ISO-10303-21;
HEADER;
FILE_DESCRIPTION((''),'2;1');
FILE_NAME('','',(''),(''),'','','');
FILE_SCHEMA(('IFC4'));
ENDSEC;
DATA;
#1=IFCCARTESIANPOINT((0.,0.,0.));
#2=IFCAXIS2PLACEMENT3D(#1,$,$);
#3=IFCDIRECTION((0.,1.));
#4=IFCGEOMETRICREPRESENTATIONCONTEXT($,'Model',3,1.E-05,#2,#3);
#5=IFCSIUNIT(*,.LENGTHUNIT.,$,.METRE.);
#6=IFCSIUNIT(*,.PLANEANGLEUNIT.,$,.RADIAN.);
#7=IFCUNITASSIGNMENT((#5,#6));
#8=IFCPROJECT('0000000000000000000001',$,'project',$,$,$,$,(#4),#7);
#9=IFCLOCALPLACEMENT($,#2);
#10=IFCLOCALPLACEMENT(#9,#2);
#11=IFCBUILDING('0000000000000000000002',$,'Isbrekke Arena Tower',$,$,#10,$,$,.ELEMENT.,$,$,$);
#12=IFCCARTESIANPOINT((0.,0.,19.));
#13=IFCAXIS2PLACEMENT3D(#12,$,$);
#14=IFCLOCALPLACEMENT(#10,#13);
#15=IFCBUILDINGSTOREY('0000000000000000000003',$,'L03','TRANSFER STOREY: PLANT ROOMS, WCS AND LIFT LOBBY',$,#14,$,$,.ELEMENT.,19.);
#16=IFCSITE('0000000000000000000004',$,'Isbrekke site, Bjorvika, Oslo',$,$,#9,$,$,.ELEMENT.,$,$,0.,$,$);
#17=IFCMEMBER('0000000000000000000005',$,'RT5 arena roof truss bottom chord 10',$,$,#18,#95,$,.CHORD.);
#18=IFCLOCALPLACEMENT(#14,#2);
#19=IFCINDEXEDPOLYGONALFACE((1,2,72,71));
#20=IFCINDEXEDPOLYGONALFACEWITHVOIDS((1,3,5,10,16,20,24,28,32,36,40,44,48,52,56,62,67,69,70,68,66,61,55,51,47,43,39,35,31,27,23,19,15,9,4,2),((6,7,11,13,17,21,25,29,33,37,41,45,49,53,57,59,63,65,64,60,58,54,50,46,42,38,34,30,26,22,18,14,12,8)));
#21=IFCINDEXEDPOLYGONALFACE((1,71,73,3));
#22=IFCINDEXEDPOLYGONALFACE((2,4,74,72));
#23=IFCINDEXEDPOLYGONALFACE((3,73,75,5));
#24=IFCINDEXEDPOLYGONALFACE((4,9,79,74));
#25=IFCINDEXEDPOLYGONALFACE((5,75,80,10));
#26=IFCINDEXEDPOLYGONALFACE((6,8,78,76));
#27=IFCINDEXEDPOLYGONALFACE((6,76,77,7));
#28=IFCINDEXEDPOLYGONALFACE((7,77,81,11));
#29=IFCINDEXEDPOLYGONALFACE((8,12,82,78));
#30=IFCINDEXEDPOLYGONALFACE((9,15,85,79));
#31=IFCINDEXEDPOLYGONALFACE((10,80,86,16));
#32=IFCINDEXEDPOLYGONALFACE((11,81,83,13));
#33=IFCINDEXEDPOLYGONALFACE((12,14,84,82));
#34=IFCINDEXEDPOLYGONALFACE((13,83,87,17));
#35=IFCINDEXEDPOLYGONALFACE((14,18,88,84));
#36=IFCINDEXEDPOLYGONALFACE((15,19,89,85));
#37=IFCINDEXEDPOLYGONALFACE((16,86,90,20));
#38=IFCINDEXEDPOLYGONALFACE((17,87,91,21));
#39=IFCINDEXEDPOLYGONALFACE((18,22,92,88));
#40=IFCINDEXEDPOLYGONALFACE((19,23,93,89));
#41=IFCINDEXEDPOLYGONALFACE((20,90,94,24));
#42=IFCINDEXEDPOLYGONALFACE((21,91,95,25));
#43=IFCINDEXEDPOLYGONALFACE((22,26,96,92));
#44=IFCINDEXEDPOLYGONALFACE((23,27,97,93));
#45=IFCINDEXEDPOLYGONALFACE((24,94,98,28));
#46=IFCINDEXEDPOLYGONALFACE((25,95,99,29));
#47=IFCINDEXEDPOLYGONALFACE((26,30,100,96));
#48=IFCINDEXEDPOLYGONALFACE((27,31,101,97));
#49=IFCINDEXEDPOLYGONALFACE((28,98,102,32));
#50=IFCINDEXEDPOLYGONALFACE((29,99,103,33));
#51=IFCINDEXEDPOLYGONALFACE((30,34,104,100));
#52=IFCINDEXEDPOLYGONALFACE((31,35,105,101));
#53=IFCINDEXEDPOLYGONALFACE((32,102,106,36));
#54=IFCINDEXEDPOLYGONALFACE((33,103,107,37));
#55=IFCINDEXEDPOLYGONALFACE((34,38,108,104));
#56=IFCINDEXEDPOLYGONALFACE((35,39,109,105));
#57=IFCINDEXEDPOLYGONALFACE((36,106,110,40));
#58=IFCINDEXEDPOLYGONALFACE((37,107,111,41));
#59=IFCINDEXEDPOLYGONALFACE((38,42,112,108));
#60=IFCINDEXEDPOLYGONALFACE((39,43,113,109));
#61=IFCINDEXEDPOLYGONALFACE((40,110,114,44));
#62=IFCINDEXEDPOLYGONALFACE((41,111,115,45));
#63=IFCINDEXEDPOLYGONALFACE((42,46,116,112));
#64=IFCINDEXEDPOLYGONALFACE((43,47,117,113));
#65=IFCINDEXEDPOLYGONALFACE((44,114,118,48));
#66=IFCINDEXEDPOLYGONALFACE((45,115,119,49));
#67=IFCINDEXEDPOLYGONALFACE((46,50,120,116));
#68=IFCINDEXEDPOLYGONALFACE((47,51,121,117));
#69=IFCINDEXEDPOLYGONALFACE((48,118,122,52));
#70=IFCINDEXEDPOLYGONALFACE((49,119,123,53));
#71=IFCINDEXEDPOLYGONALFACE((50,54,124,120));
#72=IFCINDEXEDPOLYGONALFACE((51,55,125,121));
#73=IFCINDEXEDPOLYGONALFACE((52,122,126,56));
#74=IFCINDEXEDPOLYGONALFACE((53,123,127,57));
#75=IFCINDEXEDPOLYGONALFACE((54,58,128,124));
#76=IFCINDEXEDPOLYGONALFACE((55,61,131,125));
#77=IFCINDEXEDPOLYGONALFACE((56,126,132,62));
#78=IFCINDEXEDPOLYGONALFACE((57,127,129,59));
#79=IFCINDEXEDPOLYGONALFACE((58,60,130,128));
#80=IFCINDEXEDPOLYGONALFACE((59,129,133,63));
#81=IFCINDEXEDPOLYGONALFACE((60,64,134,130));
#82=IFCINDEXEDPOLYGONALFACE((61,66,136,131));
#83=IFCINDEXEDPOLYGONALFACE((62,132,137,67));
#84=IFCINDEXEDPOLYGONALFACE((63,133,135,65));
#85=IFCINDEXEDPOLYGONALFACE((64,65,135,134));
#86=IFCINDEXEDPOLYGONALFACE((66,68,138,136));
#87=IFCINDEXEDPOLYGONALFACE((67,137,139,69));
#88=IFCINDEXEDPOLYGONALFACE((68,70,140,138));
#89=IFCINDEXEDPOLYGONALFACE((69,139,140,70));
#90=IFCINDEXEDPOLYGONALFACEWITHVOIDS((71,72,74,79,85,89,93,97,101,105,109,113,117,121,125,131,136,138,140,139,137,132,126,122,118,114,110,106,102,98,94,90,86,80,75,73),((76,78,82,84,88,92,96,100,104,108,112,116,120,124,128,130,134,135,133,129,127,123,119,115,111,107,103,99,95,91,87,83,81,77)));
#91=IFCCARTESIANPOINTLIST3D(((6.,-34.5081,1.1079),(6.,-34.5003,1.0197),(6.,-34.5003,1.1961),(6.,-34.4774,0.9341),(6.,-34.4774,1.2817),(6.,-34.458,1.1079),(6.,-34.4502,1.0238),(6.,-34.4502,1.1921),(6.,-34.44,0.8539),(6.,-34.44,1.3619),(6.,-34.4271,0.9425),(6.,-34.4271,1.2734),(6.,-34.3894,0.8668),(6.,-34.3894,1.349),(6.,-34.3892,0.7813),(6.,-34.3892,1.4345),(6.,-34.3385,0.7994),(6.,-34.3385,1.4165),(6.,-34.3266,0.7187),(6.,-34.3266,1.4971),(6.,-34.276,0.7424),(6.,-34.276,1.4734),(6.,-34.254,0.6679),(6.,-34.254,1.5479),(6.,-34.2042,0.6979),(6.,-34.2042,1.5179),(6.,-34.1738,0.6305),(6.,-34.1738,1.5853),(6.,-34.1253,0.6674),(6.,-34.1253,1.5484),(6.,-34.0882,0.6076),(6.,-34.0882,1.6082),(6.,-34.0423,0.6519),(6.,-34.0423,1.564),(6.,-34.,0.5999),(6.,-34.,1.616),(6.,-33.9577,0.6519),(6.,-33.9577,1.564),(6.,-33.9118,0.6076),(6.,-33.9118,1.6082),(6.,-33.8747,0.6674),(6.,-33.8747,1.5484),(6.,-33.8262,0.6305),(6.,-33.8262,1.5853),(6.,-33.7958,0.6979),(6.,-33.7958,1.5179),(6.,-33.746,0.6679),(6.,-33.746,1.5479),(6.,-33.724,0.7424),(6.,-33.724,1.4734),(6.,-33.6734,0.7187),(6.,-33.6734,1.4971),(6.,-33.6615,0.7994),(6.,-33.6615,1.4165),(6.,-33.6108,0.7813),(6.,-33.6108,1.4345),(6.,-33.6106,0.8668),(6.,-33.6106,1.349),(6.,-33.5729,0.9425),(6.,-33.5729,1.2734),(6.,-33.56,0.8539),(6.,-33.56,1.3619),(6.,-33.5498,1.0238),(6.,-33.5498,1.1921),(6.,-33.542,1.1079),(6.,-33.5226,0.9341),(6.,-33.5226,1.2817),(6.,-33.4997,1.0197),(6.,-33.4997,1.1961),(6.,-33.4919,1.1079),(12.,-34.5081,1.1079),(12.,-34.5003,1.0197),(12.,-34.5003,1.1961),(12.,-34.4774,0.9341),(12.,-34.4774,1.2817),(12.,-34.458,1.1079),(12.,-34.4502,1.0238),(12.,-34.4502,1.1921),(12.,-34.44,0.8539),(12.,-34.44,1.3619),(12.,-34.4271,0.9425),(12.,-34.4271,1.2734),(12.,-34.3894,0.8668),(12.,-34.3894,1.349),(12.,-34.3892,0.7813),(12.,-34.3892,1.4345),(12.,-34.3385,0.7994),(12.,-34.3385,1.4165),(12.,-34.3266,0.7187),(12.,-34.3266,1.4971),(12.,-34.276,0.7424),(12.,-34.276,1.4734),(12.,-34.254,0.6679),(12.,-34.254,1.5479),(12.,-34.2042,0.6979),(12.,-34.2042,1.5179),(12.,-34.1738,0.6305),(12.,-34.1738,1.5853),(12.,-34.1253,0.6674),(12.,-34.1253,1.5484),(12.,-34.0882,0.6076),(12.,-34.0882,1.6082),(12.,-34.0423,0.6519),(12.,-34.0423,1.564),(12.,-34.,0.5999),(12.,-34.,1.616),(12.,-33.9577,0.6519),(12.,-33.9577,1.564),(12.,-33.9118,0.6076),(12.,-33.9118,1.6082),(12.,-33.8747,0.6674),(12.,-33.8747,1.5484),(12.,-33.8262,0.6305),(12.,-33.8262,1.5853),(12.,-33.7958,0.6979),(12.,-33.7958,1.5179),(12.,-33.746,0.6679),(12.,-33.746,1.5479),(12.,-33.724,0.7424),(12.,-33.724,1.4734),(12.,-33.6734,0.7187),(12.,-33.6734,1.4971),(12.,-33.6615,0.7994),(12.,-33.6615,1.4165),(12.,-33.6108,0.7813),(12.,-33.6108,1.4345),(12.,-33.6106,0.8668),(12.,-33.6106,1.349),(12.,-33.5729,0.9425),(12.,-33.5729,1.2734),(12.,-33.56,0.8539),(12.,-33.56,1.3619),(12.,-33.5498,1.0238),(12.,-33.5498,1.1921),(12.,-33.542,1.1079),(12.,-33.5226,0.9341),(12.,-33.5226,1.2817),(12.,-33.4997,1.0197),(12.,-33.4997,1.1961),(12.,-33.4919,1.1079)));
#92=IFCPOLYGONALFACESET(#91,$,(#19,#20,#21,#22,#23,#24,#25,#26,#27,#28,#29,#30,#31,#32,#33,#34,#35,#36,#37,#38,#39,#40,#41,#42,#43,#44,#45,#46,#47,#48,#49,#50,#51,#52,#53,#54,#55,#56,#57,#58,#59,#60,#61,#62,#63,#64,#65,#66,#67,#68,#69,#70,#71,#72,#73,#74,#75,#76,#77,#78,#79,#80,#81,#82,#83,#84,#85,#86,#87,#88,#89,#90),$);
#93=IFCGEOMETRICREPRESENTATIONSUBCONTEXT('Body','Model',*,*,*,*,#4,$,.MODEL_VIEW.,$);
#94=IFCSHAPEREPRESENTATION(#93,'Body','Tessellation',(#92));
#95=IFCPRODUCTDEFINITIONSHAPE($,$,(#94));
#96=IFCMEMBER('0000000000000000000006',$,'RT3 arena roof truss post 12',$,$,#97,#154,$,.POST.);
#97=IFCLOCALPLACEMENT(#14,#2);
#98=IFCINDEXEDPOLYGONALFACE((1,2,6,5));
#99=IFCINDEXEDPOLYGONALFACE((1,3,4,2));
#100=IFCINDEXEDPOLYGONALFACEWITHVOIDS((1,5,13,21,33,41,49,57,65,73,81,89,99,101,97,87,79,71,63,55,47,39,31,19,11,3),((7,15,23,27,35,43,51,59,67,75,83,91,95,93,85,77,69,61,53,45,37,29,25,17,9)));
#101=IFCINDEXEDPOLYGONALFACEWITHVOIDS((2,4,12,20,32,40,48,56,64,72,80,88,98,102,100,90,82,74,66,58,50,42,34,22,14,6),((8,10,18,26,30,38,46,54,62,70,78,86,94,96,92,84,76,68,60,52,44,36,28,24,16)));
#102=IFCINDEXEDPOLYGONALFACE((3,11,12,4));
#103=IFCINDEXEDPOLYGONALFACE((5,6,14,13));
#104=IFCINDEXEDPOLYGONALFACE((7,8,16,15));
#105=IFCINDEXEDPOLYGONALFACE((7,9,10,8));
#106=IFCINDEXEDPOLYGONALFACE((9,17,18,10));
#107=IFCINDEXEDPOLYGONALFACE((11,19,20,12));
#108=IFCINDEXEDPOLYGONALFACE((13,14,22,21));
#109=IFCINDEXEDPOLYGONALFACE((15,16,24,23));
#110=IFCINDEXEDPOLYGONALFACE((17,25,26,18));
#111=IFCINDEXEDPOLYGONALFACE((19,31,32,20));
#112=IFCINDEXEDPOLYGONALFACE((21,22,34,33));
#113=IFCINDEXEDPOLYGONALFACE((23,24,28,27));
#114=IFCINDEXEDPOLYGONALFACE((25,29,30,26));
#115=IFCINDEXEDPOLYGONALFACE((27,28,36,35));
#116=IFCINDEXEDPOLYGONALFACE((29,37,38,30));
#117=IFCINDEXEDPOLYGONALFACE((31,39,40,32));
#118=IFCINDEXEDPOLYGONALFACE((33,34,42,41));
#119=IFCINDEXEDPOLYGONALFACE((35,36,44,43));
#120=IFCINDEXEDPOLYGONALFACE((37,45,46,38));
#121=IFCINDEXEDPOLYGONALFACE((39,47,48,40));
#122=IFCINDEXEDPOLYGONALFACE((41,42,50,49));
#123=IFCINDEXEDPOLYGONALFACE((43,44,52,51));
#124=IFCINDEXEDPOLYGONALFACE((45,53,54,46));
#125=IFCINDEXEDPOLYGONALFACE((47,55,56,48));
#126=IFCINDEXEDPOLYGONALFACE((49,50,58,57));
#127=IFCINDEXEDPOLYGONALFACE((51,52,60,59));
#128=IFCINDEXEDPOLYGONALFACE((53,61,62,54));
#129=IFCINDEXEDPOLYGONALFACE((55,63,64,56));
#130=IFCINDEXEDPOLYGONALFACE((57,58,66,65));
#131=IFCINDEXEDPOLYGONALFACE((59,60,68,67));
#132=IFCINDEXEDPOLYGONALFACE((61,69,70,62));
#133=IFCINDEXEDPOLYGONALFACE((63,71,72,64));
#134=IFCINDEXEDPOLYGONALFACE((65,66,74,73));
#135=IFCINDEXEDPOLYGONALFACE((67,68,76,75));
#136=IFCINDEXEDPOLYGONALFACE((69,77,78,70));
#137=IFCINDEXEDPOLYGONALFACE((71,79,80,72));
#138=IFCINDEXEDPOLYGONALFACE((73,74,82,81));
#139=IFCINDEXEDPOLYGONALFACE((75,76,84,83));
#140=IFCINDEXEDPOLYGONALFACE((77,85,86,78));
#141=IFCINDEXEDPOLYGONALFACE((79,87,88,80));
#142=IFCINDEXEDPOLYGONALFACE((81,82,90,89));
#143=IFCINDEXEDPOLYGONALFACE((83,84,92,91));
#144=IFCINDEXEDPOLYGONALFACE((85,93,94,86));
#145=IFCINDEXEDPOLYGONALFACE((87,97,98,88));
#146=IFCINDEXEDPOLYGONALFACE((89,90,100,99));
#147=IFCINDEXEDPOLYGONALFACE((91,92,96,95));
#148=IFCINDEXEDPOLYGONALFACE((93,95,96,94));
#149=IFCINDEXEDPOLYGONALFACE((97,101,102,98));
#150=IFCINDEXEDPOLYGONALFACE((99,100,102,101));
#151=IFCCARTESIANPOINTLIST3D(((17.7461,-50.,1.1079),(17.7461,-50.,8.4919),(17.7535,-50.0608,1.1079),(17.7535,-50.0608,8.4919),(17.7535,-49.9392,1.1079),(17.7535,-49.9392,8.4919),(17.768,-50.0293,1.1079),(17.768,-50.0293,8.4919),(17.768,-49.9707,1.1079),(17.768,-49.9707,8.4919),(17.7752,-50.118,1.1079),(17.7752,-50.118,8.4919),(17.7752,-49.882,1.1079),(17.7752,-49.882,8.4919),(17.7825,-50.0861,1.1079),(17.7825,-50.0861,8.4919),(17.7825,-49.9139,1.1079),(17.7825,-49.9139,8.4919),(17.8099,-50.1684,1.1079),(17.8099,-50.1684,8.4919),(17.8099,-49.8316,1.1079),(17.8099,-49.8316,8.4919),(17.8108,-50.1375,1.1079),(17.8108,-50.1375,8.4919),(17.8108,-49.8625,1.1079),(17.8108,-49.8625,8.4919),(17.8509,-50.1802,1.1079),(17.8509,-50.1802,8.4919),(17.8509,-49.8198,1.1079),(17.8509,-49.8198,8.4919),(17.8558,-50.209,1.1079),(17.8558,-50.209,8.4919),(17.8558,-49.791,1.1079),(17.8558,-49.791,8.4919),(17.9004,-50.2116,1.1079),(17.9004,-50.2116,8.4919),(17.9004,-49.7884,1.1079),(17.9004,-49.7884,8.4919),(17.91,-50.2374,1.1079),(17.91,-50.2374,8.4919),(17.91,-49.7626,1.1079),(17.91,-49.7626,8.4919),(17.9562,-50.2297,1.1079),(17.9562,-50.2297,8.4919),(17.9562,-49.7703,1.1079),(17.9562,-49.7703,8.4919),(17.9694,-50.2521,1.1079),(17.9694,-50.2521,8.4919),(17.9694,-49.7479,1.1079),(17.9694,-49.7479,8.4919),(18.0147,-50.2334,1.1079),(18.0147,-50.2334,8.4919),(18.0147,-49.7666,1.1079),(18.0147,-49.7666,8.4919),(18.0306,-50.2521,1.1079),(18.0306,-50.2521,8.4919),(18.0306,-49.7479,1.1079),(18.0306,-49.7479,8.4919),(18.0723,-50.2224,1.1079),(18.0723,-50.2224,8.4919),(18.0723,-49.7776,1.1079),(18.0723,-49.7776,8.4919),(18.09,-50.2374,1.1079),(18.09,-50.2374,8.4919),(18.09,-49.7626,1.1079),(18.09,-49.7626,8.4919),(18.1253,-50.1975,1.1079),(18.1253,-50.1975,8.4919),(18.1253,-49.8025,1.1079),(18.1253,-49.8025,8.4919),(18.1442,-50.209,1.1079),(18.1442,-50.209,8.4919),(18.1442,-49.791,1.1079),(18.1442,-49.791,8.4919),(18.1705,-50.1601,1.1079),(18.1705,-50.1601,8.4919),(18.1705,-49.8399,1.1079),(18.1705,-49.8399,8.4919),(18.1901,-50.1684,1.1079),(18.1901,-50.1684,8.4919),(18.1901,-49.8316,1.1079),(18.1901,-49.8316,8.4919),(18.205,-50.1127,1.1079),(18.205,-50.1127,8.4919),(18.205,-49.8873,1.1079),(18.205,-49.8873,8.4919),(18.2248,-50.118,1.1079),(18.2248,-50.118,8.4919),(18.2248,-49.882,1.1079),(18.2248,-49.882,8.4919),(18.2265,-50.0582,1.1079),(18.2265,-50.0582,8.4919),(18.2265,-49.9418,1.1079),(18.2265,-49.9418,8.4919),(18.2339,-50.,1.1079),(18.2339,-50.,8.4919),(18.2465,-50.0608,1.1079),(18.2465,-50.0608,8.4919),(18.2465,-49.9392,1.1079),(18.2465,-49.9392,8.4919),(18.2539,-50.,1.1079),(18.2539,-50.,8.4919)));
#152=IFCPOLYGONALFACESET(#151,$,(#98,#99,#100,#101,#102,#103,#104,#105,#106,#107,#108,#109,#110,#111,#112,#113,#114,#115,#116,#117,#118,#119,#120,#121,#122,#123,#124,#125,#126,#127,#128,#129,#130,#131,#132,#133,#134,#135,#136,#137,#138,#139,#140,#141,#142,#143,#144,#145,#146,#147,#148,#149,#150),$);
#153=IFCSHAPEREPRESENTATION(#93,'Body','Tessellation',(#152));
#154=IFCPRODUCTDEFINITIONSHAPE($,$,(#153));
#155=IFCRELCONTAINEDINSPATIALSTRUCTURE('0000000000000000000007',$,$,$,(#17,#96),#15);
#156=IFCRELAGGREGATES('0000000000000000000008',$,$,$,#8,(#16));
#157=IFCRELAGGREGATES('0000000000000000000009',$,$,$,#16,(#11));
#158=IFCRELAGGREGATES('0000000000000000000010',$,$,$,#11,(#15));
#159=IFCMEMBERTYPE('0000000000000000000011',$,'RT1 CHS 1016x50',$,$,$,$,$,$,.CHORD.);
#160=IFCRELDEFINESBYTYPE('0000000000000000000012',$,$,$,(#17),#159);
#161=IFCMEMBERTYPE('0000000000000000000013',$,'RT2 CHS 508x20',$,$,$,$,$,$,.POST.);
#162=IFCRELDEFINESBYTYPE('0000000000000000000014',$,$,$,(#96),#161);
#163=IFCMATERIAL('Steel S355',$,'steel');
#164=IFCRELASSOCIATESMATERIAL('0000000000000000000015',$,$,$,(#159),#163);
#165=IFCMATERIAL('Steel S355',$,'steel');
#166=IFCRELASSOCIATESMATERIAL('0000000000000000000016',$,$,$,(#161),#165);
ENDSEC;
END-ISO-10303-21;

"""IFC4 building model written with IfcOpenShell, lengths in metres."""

from ifc_helpers import new_model, si_unit, direction, frame, origin, origin_2d, place, context, subcontext, project, spatial, hollow_circle, extrude, material, material_profile, profile_set, type_object, element, save


model = new_model("IFC4")

# Units and contexts
model_context = context("Model", 3, precision=1e-05, world=origin(), true_north=direction((0.0, 1.0)))
body_context = subcontext(model_context, "Body", "Model", "MODEL_VIEW")
ifc_project = project(units=[si_unit("LENGTHUNIT", "METRE"), si_unit("PLANEANGLEUNIT", "RADIAN")], contexts=[model_context])

# Site, building, storey
site_placement = place(None, origin())
site = spatial("IfcSite", under=ifc_project, at=site_placement, Name="Isbrekke site, Bjorvika, Oslo", CompositionType="ELEMENT", RefElevation=0.0)
building_placement = place(site_placement, origin())
building = spatial("IfcBuilding", under=site, at=building_placement, Name="Isbrekke Arena Tower", CompositionType="ELEMENT")
storey_placement = place(building_placement, frame((0.0, 0.0, 19.0)))
storey = spatial("IfcBuildingStorey", under=building, at=storey_placement, Name="L03", Description="TRANSFER STOREY: PLANT ROOMS, WCS AND LIFT LOBBY", CompositionType="ELEMENT", Elevation=19.0)

# Members
ifc_material_1 = material(Name="Steel S355", Category="steel")
ifc_material_profile_1 = material_profile(ifc_material_1, hollow_circle(Radius=0.5081, WallThickness=0.05, at=origin_2d()), Name="CHS 1016x50")
ifc_profile_set_1 = profile_set([ifc_material_profile_1], Name="Steel S355")
member_type_1 = type_object("IfcMemberType", Name="RT1 CHS 1016x50", PredefinedType="CHORD", material=ifc_profile_set_1)
for number, where, z_axis, x_axis, name in (
    (1, (6.0, -34.0, 1.1079), (1.0, 0.0, 0.0), (0.0, 1.0, 0.0), "RT5 arena roof truss bottom chord 10"),
):
    element("IfcMember", number, at=place(storey_placement, frame(where, z_axis=z_axis, x_axis=x_axis)), inside=storey, type_object=member_type_1, Name=name, PredefinedType="CHORD", context=body_context, shape_type="SweptSolid", body=[
        extrude(hollow_circle(Radius=0.5081, WallThickness=0.05, at=origin_2d()), origin(), (0.0, 0.0, 1.0), 6.0),
    ])
ifc_material_2 = material(Name="Steel S355", Category="steel")
ifc_material_profile_2 = material_profile(ifc_material_2, hollow_circle(Radius=0.2539, WallThickness=0.02, at=origin_2d()), Name="CHS 508x20")
ifc_profile_set_2 = profile_set([ifc_material_profile_2], Name="Steel S355")
member_type_2 = type_object("IfcMemberType", Name="RT2 CHS 508x20", PredefinedType="POST", material=ifc_profile_set_2)
for number, where, z_axis, x_axis, name in (
    (2, (18.0, -50.0, 1.1079), (0.0, 0.0, 1.0), (1.0, 0.0, 0.0), "RT3 arena roof truss post 12"),
):
    element("IfcMember", number, at=place(storey_placement, frame(where, z_axis=z_axis, x_axis=x_axis)), inside=storey, type_object=member_type_2, Name=name, PredefinedType="POST", context=body_context, shape_type="SweptSolid", body=[
        extrude(hollow_circle(Radius=0.2539, WallThickness=0.02, at=origin_2d()), origin(), (0.0, 0.0, 1.0), 7.384),
    ])

save(model, "model.ifc")
